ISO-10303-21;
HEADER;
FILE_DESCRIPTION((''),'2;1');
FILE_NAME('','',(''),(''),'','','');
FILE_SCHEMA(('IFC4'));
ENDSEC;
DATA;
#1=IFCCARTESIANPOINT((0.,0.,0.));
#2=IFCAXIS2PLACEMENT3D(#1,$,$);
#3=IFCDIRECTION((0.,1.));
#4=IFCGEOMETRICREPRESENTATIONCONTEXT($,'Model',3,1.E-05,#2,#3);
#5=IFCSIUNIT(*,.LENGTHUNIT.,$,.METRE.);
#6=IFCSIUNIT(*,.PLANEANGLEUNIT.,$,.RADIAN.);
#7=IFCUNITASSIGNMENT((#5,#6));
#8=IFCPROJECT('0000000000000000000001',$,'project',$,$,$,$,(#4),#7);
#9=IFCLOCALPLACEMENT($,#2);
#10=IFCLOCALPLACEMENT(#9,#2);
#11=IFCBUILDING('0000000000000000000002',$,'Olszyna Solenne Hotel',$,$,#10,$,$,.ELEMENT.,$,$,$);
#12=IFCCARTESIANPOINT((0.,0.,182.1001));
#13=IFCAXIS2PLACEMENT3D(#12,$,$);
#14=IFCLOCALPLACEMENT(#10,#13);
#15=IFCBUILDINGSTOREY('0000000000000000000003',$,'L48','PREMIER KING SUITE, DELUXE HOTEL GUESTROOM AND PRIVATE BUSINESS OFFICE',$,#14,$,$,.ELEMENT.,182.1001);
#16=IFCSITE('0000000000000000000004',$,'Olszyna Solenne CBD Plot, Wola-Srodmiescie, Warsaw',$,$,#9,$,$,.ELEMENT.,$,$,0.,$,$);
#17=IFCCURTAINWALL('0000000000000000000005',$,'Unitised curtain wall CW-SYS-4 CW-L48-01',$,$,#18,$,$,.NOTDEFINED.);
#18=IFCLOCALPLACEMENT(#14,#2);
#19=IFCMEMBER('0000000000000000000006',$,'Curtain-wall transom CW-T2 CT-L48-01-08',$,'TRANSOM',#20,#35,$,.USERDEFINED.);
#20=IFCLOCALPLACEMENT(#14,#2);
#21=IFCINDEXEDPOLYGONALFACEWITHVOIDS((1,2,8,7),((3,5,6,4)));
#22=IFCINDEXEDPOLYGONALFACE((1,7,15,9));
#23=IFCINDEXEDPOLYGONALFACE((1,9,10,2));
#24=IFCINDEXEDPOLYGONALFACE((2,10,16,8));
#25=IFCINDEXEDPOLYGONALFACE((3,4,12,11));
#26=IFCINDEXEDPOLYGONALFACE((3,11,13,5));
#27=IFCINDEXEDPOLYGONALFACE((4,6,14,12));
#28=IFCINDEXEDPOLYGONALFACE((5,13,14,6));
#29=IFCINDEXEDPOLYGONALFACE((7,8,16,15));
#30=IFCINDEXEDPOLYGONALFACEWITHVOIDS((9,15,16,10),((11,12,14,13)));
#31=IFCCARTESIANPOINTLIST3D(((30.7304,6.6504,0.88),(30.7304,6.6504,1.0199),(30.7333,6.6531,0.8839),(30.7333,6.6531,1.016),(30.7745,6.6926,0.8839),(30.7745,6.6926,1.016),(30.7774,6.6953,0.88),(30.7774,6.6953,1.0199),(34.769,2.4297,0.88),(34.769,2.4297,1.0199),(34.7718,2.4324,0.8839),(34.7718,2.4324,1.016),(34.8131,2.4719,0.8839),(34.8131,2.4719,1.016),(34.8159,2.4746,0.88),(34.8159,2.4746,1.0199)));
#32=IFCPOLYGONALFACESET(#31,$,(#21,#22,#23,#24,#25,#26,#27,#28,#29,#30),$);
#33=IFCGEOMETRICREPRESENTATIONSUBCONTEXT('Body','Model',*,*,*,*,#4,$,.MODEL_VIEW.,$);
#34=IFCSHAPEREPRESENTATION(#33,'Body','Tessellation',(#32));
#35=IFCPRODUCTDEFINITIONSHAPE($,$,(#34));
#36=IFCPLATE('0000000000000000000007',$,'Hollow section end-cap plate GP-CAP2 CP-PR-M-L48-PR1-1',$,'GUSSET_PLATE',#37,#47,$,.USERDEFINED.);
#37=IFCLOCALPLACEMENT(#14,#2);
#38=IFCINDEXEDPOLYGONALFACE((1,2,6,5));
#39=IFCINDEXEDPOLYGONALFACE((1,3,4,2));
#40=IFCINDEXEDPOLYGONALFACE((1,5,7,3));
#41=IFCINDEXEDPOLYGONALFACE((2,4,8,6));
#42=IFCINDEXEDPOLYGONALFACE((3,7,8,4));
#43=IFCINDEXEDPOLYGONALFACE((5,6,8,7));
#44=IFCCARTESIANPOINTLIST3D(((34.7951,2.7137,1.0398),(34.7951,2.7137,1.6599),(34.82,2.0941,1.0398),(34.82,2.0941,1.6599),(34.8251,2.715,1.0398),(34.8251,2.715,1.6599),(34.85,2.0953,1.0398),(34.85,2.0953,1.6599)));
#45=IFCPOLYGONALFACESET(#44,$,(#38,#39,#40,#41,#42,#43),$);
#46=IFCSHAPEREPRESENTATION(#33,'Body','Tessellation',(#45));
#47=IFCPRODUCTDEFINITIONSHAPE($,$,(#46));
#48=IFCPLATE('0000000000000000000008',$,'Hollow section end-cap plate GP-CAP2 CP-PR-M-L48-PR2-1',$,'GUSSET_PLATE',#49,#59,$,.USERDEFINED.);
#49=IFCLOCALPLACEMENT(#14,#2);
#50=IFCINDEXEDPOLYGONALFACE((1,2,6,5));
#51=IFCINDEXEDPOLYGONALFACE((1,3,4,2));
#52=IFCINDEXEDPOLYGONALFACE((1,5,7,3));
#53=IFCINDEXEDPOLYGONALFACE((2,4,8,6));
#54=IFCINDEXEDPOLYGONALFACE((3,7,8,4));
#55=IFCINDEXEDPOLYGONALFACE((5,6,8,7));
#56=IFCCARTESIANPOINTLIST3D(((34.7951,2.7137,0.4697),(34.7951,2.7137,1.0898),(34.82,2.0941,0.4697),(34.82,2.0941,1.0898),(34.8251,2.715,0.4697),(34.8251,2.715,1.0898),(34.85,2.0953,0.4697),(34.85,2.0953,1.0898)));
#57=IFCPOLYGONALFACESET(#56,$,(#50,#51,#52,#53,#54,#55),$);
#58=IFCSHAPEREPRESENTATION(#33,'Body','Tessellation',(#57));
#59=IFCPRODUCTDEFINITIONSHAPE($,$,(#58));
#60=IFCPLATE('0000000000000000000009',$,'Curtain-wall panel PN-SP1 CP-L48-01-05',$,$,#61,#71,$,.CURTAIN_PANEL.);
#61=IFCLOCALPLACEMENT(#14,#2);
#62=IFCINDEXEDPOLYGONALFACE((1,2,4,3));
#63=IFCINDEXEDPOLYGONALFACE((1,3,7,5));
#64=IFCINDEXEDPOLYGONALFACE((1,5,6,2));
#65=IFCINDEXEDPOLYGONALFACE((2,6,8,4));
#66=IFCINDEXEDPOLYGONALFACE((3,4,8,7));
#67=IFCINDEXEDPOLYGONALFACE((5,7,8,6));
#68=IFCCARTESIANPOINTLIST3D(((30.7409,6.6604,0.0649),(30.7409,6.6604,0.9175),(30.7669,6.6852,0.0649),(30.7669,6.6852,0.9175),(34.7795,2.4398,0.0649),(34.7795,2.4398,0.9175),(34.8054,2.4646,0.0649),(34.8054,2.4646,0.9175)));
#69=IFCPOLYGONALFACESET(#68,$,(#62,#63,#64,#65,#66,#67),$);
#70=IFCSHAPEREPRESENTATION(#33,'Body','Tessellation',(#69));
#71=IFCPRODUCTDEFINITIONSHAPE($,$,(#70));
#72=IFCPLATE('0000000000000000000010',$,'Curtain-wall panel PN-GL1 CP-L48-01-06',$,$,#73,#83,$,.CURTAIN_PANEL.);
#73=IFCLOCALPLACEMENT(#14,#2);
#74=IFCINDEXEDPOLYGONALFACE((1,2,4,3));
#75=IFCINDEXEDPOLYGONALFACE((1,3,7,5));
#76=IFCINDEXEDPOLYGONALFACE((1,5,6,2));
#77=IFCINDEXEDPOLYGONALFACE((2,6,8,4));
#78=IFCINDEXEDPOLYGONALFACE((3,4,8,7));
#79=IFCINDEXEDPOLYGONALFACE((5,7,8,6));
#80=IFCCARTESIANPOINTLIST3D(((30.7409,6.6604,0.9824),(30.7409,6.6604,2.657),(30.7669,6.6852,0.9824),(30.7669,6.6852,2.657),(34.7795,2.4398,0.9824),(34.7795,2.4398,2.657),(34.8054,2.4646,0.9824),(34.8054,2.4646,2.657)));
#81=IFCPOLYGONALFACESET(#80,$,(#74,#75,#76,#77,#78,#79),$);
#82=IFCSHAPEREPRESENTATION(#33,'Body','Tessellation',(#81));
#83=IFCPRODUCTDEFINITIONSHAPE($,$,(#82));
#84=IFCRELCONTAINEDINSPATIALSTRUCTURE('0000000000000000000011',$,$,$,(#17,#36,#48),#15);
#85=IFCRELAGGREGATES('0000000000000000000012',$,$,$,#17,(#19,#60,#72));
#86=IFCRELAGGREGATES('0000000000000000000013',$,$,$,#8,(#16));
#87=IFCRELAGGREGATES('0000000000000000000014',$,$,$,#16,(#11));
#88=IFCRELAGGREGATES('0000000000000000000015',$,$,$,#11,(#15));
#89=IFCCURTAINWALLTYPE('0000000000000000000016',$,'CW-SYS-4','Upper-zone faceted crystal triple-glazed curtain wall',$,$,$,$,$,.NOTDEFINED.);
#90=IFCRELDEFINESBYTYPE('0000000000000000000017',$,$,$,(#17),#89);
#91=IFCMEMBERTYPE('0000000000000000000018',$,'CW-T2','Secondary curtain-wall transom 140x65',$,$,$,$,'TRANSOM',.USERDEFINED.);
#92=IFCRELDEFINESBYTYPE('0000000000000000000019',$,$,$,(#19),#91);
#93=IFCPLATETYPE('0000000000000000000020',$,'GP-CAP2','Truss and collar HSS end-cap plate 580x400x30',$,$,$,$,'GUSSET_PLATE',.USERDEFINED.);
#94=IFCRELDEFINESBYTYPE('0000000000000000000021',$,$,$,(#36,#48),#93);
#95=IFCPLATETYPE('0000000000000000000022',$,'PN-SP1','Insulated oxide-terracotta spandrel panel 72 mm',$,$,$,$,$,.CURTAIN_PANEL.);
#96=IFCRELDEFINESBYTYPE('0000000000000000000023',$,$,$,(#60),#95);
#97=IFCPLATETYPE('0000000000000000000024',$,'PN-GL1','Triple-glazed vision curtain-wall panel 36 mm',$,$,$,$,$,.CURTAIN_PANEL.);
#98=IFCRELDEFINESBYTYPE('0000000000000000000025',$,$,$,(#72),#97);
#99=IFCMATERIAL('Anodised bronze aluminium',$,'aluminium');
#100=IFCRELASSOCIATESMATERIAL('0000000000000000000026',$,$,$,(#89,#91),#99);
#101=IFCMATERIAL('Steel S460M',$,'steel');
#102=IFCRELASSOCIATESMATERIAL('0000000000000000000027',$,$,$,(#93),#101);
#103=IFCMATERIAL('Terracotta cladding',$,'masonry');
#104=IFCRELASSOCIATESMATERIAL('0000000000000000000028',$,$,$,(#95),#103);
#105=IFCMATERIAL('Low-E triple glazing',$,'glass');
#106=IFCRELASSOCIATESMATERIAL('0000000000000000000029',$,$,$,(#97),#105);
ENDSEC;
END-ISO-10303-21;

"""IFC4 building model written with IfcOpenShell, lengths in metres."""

from ifc_helpers import new_model, si_unit, direction, frame, origin, origin_2d, place, context, subcontext, project, spatial, rectangle, hollow_rectangle, extrude, source, transform, mapped, material, material_profile, profile_set, type_object, element, aggregate, save


model = new_model("IFC4")

# Units and contexts
model_context = context("Model", 3, precision=1e-05, world=origin(), true_north=direction((0.0, 1.0)))
body_context = subcontext(model_context, "Body", "Model", "MODEL_VIEW")
ifc_project = project(units=[si_unit("LENGTHUNIT", "METRE"), si_unit("PLANEANGLEUNIT", "RADIAN")], contexts=[model_context])

# Site, building, storey
site_placement = place(None, origin())
site = spatial("IfcSite", under=ifc_project, at=site_placement, Name="Olszyna Solenne CBD Plot, Wola-Srodmiescie, Warsaw", CompositionType="ELEMENT", RefElevation=0.0)
building_placement = place(site_placement, origin())
building = spatial("IfcBuilding", under=site, at=building_placement, Name="Olszyna Solenne Hotel", CompositionType="ELEMENT")
storey_placement = place(building_placement, frame((0.0, 0.0, 182.1001)))
storey = spatial("IfcBuildingStorey", under=building, at=storey_placement, Name="L48", Description="PREMIER KING SUITE, DELUXE HOTEL GUESTROOM AND PRIVATE BUSINESS OFFICE", CompositionType="ELEMENT", Elevation=182.1001)

# Shared definitions
ifc_material_1 = material(Name="Steel S460M", Category="steel")

# Curtain wall, member
ifc_material_2 = material(Name="Anodised bronze aluminium", Category="aluminium")
curtain_wall_type = type_object("IfcCurtainWallType", Name="CW-SYS-4", Description="Upper-zone faceted crystal triple-glazed curtain wall", PredefinedType="NOTDEFINED", material=ifc_material_2)
curtain_wall_placement = place(storey_placement, origin())
curtain_wall = element("IfcCurtainWall", 1, at=curtain_wall_placement, inside=storey, type_object=curtain_wall_type, Name="Unitised curtain wall CW-SYS-4 CW-L48-01", PredefinedType="NOTDEFINED")
ifc_material_profile_1 = material_profile(ifc_material_2, hollow_rectangle(XDim=0.0649, YDim=0.1399, WallThickness=0.0039, at=origin_2d()), Name="TRAN 140x65x4", Category="load-bearing")
ifc_profile_set_1 = profile_set([ifc_material_profile_1], Name="Anodised bronze aluminium")
member_type_1 = type_object("IfcMemberType", Name="CW-T2", Description="Secondary curtain-wall transom 140x65", ElementType="TRANSOM", PredefinedType="USERDEFINED", material=ifc_profile_set_1)
shared_shape_1 = source(origin(), body_context, "Body", "SweptSolid", [
    extrude(hollow_rectangle(XDim=0.0649, YDim=0.1399, WallThickness=0.0039, at=origin_2d()), origin(), (0.0, 0.0, 1.0), 5.8416),
])
member_1_placement = place(storey_placement, frame((30.7539, 6.6729, 0.95), z_axis=(0.691346, -0.722524, 0.0), x_axis=(0.722524, 0.691346, 0.0)))
member_1 = element("IfcMember", 2, at=member_1_placement, type_object=member_type_1, Name="Curtain-wall transom CW-T2 CT-L48-01-08", ObjectType="TRANSOM", PredefinedType="USERDEFINED", context=body_context, shape_type="MappedRepresentation", body=[
    mapped(shared_shape_1, transform((0.0, 0.0, 0.0), x_axis=(1.0, 0.0, 0.0), y_axis=(0.0, 1.0, 0.0), z_axis=(0.0, 0.0, 1.0), scale=1.0)),
])

# Plates
plate_type_1 = type_object("IfcPlateType", Name="GP-CAP2", Description="Truss and collar HSS end-cap plate 580x400x30", ElementType="GUSSET_PLATE", PredefinedType="USERDEFINED", material=ifc_material_1)
shared_shape_2 = source(origin(), body_context, "Body", "SweptSolid", [
    extrude(rectangle(XDim=0.03, YDim=0.6201, at=origin_2d()), origin(), (0.0, 0.0, 1.0), 0.6201),
])
for number, where, z_axis, x_axis, name in (
    (3, (34.8225, 2.4045, 1.0398), (0.0, 0.0, 1.0), (0.999194, 0.040132, 0.0), "Hollow section end-cap plate GP-CAP2 CP-PR-M-L48-PR1-1"),
    (4, (34.8225, 2.4045, 0.4697), (0.0, 0.0, 1.0), (0.999194, 0.040132, 0.0), "Hollow section end-cap plate GP-CAP2 CP-PR-M-L48-PR2-1"),
):
    element("IfcPlate", number, at=place(storey_placement, frame(where, z_axis=z_axis, x_axis=x_axis)), inside=storey, type_object=plate_type_1, Name=name, ObjectType="GUSSET_PLATE", PredefinedType="USERDEFINED", context=body_context, shape_type="MappedRepresentation", body=[
        mapped(shared_shape_2, transform((0.0, 0.0, 0.0), x_axis=(1.0, 0.0, 0.0), y_axis=(0.0, 1.0, 0.0), z_axis=(0.0, 0.0, 1.0), scale=1.0)),
    ])

# Plates
ifc_material_3 = material(Name="Terracotta cladding", Category="masonry")
plate_type_2 = type_object("IfcPlateType", Name="PN-SP1", Description="Insulated oxide-terracotta spandrel panel 72 mm", PredefinedType="CURTAIN_PANEL", material=ifc_material_3)
shared_shape_3 = source(origin(), body_context, "Body", "SweptSolid", [
    extrude(rectangle(XDim=5.8416, YDim=0.0359, at=origin_2d()), origin(), (0.0, 0.0, 1.0), 0.8525),
])
plate_1_placement = place(storey_placement, frame((32.7732, 4.5625, 0.0649), z_axis=(0.0, 0.0, 1.0), x_axis=(0.691352, -0.722518, 0.0)))
plate_1 = element("IfcPlate", 5, at=plate_1_placement, type_object=plate_type_2, Name="Curtain-wall panel PN-SP1 CP-L48-01-05", PredefinedType="CURTAIN_PANEL", context=body_context, shape_type="MappedRepresentation", body=[
    mapped(shared_shape_3, transform((0.0, 0.0, 0.0), x_axis=(1.0, 0.0, 0.0), y_axis=(0.0, 1.0, 0.0), z_axis=(0.0, 0.0, 1.0), scale=1.0)),
])
ifc_material_4 = material(Name="Low-E triple glazing", Category="glass")
plate_type_3 = type_object("IfcPlateType", Name="PN-GL1", Description="Triple-glazed vision curtain-wall panel 36 mm", PredefinedType="CURTAIN_PANEL", material=ifc_material_4)
shared_shape_4 = source(origin(), body_context, "Body", "SweptSolid", [
    extrude(rectangle(XDim=5.8416, YDim=0.0359, at=origin_2d()), origin(), (0.0, 0.0, 1.0), 1.6746),
])
plate_2_placement = place(storey_placement, frame((32.7732, 4.5625, 0.9824), z_axis=(0.0, 0.0, 1.0), x_axis=(0.691352, -0.722518, 0.0)))
plate_2 = element("IfcPlate", 6, at=plate_2_placement, type_object=plate_type_3, Name="Curtain-wall panel PN-GL1 CP-L48-01-06", PredefinedType="CURTAIN_PANEL", context=body_context, shape_type="MappedRepresentation", body=[
    mapped(shared_shape_4, transform((0.0, 0.0, 0.0), x_axis=(1.0, 0.0, 0.0), y_axis=(0.0, 1.0, 0.0), z_axis=(0.0, 0.0, 1.0), scale=1.0)),
])
aggregate(curtain_wall, [member_1, plate_1, plate_2])

save(model, "model.ifc")
